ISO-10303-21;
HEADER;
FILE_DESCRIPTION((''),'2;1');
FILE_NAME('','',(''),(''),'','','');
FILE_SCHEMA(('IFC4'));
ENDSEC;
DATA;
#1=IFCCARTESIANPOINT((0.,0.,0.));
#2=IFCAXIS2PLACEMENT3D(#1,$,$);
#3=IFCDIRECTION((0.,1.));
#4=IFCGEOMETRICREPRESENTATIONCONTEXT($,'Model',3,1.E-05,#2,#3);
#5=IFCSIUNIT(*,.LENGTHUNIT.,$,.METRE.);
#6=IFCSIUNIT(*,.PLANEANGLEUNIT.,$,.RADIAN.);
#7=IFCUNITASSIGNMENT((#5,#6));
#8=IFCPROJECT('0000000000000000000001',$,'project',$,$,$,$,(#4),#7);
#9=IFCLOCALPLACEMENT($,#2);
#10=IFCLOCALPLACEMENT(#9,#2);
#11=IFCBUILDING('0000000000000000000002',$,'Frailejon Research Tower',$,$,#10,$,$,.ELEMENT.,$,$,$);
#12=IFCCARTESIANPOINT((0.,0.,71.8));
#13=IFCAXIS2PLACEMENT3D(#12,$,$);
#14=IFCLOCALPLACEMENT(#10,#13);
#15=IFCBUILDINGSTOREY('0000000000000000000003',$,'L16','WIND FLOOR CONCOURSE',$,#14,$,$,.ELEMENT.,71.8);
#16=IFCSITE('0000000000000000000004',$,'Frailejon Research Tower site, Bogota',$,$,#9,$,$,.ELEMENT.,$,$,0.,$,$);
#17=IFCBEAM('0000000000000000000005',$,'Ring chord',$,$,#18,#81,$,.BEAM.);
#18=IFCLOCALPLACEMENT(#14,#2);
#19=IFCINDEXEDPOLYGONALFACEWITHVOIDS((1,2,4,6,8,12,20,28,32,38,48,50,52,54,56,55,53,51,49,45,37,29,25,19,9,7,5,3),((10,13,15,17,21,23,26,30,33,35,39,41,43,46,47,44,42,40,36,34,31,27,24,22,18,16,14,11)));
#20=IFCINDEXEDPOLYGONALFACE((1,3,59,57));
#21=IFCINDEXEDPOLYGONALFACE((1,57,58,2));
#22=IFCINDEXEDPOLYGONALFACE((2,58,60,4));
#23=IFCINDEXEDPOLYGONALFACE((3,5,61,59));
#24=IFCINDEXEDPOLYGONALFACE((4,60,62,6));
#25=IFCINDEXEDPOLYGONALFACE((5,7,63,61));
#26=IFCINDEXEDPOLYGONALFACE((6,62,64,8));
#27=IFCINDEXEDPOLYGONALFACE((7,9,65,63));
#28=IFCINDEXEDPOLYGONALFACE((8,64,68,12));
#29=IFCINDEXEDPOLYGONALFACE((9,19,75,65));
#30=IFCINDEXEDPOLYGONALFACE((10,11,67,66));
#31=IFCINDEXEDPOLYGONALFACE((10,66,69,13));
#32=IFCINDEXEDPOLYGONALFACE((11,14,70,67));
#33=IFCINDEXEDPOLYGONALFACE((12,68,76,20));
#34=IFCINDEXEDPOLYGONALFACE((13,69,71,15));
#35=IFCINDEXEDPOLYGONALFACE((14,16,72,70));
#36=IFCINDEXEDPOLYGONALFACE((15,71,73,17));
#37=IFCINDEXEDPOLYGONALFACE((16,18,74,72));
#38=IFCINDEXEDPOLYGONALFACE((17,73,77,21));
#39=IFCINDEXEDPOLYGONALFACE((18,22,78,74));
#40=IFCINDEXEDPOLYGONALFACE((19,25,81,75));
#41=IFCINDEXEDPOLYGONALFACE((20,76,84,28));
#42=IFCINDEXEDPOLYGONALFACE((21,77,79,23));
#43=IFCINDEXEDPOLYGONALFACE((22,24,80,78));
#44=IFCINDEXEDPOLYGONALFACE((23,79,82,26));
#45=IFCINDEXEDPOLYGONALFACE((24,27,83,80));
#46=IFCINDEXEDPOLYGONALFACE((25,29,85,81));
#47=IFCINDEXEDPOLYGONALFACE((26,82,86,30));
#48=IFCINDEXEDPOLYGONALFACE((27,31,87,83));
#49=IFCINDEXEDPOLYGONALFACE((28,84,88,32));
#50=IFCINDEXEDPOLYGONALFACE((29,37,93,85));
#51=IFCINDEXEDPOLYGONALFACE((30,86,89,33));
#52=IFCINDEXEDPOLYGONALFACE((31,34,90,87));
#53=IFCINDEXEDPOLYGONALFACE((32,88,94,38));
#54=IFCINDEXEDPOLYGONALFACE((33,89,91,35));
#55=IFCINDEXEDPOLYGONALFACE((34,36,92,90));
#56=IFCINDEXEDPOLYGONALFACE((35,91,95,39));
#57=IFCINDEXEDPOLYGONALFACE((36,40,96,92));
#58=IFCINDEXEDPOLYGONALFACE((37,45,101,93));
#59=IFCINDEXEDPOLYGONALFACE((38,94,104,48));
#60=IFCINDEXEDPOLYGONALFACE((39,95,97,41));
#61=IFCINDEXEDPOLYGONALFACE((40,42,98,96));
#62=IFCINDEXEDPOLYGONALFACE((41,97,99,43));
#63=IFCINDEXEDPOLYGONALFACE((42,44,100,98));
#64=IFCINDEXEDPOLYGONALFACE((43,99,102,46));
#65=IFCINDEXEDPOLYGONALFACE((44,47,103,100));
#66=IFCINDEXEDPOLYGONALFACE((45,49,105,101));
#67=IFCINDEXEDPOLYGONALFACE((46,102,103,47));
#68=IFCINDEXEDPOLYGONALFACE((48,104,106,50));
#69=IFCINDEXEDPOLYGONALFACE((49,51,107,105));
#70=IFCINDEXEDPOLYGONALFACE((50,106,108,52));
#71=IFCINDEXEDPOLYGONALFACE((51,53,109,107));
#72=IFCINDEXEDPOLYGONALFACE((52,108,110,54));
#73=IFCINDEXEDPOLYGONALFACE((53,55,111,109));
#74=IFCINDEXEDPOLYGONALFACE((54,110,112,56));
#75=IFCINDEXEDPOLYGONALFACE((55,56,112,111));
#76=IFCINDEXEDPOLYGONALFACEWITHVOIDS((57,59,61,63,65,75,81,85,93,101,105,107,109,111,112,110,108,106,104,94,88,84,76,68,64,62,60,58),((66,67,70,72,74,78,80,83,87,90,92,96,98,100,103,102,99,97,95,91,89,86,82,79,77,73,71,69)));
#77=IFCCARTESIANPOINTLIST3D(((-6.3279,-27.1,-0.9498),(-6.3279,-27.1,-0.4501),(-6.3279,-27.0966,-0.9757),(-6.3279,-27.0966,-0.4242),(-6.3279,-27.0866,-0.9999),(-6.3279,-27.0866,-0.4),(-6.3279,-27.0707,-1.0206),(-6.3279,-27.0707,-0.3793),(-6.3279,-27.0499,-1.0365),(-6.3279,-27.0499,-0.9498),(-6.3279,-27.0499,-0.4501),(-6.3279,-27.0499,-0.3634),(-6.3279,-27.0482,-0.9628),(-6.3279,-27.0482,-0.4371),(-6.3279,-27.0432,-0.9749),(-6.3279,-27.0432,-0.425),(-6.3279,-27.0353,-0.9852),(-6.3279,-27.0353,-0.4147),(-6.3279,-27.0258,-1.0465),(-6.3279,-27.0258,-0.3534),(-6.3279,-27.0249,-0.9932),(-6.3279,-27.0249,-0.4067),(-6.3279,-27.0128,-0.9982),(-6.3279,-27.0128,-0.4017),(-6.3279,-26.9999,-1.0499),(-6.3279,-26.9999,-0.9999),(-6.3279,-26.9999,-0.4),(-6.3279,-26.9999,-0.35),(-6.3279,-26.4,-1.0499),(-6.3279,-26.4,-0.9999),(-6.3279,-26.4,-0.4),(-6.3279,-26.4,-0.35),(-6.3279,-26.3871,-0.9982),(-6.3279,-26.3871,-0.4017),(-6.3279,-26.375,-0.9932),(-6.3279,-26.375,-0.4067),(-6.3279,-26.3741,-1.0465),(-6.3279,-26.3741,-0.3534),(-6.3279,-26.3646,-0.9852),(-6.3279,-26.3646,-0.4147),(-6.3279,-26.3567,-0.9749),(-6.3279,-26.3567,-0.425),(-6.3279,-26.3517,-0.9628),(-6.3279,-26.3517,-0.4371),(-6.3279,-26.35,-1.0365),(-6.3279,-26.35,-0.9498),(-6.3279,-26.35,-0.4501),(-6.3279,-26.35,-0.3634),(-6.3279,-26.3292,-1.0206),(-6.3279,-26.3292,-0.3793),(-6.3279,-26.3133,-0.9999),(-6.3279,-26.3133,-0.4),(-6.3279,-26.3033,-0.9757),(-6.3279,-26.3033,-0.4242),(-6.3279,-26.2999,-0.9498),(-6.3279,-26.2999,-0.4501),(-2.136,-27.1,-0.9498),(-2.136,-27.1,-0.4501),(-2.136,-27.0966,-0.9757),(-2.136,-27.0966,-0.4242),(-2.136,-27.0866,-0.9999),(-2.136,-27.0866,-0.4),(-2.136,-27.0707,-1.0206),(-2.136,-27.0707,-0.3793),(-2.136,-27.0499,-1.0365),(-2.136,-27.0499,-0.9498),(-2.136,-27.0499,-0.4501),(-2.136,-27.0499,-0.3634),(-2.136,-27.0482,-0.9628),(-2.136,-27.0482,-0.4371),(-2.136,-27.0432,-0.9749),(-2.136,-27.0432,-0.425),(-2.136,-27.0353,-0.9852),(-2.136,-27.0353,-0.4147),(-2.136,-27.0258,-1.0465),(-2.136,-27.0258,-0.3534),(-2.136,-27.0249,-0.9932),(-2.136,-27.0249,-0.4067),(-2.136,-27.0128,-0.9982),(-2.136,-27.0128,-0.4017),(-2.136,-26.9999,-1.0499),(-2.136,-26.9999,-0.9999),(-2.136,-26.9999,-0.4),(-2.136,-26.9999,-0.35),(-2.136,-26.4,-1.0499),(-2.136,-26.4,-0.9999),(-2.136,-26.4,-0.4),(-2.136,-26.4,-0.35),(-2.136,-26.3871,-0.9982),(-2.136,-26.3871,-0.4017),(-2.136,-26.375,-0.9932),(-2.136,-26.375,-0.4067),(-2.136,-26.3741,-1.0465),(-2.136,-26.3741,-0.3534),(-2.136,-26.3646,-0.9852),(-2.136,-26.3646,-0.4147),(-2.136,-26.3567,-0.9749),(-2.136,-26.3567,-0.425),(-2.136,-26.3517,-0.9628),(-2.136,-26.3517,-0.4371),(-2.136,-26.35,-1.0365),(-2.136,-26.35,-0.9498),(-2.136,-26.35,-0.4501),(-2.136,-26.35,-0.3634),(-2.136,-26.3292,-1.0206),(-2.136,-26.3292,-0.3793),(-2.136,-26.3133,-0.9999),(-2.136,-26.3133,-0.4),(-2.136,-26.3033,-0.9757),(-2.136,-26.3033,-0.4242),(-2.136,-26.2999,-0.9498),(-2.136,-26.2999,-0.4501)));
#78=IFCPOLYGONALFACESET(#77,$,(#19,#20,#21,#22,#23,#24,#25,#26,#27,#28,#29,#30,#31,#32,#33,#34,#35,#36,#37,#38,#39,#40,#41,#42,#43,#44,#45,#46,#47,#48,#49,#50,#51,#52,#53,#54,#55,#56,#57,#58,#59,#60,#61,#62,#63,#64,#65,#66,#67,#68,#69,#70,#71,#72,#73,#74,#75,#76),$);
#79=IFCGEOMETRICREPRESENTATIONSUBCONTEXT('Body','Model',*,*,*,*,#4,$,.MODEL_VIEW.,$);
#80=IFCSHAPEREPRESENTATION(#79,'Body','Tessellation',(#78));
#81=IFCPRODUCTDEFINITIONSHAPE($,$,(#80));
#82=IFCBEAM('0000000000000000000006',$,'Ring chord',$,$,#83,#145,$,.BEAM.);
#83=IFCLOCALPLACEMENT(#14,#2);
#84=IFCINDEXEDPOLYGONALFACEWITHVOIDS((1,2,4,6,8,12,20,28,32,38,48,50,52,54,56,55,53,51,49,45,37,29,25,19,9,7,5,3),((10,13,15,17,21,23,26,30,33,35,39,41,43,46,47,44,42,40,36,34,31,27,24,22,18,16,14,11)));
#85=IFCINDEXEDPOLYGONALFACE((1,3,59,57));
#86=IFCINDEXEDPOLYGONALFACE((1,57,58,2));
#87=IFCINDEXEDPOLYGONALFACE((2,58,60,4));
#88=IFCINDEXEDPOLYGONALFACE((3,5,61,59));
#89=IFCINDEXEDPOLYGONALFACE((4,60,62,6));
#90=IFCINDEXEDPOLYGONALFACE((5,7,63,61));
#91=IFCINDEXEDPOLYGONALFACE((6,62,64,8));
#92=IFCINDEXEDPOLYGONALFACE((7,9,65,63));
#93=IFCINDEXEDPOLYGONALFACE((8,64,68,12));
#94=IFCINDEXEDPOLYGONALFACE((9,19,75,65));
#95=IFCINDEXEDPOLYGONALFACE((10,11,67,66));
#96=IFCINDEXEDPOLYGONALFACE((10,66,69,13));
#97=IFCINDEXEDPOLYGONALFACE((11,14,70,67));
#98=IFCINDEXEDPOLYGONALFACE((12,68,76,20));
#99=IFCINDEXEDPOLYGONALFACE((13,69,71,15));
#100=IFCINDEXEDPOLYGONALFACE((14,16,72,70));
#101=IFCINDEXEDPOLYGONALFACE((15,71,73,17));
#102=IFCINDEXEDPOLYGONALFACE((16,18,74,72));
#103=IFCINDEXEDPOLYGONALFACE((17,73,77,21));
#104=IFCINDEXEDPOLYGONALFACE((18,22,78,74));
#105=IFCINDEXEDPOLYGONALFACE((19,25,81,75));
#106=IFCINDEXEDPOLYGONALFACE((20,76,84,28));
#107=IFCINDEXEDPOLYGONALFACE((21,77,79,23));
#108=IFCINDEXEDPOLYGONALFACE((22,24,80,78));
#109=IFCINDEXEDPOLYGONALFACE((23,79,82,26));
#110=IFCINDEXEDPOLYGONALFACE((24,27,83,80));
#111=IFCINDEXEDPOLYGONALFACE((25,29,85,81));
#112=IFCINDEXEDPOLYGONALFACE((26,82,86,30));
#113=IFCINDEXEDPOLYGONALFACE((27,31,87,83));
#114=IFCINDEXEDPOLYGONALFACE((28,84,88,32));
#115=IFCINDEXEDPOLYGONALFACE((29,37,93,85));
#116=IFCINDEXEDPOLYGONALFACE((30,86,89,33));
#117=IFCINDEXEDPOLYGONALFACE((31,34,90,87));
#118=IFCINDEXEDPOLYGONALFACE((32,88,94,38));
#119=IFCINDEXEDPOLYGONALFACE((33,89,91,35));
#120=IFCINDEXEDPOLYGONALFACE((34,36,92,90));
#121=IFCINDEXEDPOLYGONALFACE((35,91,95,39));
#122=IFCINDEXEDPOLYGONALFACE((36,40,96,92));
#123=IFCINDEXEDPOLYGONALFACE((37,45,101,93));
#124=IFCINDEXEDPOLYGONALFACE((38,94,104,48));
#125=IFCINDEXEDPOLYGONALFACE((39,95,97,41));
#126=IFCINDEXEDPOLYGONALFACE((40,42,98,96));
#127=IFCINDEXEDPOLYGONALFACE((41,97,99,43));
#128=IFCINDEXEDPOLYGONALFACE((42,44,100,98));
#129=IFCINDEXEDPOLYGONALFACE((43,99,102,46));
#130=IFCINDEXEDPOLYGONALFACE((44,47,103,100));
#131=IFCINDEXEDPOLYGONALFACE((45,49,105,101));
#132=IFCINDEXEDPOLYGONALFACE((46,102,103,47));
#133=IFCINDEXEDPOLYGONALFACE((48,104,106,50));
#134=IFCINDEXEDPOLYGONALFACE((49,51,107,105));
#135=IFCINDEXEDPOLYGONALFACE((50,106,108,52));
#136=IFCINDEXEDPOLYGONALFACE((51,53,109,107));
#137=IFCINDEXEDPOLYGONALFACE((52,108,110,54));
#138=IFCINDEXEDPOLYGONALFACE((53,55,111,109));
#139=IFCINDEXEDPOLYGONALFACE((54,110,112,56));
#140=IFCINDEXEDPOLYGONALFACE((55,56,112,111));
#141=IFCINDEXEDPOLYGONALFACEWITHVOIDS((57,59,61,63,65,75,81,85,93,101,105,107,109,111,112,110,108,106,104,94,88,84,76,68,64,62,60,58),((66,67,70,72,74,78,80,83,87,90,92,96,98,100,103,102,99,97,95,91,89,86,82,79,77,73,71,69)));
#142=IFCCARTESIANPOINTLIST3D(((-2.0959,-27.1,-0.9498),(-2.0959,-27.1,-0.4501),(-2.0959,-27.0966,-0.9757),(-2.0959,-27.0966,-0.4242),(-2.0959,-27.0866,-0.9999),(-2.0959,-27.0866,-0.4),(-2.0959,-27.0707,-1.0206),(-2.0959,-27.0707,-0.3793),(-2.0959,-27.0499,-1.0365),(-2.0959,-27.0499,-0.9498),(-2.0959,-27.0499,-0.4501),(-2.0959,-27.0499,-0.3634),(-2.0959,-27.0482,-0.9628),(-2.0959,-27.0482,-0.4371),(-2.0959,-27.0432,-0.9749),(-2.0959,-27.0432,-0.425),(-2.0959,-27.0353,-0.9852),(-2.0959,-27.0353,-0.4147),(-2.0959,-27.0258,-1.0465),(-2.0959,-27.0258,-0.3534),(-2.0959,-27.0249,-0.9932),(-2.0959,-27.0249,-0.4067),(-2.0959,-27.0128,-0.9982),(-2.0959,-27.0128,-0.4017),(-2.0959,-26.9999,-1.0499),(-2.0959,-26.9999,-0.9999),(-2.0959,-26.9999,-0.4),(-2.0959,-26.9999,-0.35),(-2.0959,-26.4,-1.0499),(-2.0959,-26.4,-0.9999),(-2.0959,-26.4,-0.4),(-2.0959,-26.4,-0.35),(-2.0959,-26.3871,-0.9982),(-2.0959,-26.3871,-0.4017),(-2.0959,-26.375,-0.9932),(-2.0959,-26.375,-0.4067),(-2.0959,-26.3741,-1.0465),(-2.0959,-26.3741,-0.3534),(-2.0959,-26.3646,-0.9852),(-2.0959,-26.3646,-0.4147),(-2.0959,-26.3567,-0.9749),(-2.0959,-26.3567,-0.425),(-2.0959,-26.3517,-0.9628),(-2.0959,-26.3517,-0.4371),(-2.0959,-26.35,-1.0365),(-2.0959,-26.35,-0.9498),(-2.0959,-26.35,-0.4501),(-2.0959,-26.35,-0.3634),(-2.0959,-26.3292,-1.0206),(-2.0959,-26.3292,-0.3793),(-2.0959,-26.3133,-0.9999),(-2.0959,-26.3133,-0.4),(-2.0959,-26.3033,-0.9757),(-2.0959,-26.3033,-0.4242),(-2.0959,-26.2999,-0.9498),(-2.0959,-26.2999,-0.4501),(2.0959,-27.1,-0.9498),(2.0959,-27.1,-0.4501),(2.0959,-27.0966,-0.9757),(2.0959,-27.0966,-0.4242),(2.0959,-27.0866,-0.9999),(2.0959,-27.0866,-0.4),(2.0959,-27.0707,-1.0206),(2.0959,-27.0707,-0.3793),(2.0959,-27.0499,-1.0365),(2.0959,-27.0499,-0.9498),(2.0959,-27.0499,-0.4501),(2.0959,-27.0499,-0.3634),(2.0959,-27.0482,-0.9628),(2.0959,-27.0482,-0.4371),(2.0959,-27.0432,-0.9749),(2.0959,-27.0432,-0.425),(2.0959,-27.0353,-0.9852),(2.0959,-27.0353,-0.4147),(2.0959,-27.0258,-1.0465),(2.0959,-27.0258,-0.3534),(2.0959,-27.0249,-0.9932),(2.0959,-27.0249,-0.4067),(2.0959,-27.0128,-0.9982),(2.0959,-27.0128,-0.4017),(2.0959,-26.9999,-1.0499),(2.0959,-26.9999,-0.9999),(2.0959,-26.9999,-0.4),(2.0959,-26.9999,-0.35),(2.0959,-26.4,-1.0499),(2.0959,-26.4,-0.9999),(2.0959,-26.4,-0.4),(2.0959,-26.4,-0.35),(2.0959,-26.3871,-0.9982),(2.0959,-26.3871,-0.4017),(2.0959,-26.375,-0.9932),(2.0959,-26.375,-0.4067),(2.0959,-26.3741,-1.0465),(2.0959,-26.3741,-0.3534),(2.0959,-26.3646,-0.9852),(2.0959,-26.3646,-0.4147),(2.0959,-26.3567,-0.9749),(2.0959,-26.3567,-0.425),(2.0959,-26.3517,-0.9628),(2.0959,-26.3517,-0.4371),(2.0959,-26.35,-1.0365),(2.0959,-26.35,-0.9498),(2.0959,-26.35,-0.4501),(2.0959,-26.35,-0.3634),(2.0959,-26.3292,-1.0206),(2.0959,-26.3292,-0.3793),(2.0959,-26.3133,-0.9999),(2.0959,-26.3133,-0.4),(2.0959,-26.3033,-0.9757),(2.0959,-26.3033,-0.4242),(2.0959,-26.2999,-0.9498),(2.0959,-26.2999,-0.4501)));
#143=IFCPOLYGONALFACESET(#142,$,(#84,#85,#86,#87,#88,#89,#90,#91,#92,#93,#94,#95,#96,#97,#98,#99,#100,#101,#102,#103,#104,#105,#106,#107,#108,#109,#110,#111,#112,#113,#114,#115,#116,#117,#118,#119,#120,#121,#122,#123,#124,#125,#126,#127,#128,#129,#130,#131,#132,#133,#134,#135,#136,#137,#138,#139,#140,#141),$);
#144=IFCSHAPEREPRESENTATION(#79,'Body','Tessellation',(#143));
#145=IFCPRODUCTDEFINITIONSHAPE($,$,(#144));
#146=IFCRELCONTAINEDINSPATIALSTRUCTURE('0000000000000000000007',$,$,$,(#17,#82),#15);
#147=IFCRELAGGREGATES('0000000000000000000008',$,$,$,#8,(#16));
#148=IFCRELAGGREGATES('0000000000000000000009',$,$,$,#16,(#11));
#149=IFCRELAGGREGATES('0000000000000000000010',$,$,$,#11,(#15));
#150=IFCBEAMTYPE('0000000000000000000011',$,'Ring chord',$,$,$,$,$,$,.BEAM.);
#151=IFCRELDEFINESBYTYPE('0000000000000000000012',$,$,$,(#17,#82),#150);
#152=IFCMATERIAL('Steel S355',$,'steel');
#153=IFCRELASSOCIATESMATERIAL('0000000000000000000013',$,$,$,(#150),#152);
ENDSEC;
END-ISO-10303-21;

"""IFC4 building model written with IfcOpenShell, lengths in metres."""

from ifc_helpers import new_model, si_unit, direction, frame, origin, origin_2d, place, context, subcontext, project, spatial, hollow_rectangle, extrude, material, material_profile, profile_set, type_object, element, save


model = new_model("IFC4")

# Units and contexts
model_context = context("Model", 3, precision=1e-05, world=origin(), true_north=direction((0.0, 1.0)))
body_context = subcontext(model_context, "Body", "Model", "MODEL_VIEW")
ifc_project = project(units=[si_unit("LENGTHUNIT", "METRE"), si_unit("PLANEANGLEUNIT", "RADIAN")], contexts=[model_context])

# Site, building, storey
site_placement = place(None, origin())
site = spatial("IfcSite", under=ifc_project, at=site_placement, Name="Frailejon Research Tower site, Bogota", CompositionType="ELEMENT", RefElevation=0.0)
building_placement = place(site_placement, origin())
building = spatial("IfcBuilding", under=site, at=building_placement, Name="Frailejon Research Tower", CompositionType="ELEMENT")
storey_placement = place(building_placement, frame((0.0, 0.0, 71.8)))
storey = spatial("IfcBuildingStorey", under=building, at=storey_placement, Name="L16", Description="WIND FLOOR CONCOURSE", CompositionType="ELEMENT", Elevation=71.8)

# Beams
ifc_material_1 = material(Name="Steel S355", Category="steel")
ifc_material_profile_1 = material_profile(ifc_material_1, hollow_rectangle(XDim=0.8, YDim=0.7, WallThickness=0.05, InnerFilletRadius=0.05, OuterFilletRadius=0.1001, at=origin_2d()), Name="Ring chord")
ifc_profile_set_1 = profile_set([ifc_material_profile_1], Name="Steel S355")
beam_type_1 = type_object("IfcBeamType", Name="Ring chord", PredefinedType="BEAM", material=ifc_profile_set_1)
for number, where, z_axis, x_axis, name in (
    (1, (-6.3279, -26.7, -0.7), (1.0, 0.0, 0.0), (0.0, 1.0, 0.0), "Ring chord"),
    (2, (-2.0959, -26.7, -0.7), (1.0, 0.0, 0.0), (0.0, 1.0, 0.0), "Ring chord"),
):
    element("IfcBeam", number, at=place(storey_placement, frame(where, z_axis=z_axis, x_axis=x_axis)), inside=storey, type_object=beam_type_1, Name=name, PredefinedType="BEAM", context=body_context, shape_type="SweptSolid", body=[
        extrude(hollow_rectangle(XDim=0.8, YDim=0.7, WallThickness=0.05, InnerFilletRadius=0.05, OuterFilletRadius=0.1001, at=origin_2d()), origin(), (0.0, 0.0, 1.0), 4.1919),
    ])

save(model, "model.ifc")
